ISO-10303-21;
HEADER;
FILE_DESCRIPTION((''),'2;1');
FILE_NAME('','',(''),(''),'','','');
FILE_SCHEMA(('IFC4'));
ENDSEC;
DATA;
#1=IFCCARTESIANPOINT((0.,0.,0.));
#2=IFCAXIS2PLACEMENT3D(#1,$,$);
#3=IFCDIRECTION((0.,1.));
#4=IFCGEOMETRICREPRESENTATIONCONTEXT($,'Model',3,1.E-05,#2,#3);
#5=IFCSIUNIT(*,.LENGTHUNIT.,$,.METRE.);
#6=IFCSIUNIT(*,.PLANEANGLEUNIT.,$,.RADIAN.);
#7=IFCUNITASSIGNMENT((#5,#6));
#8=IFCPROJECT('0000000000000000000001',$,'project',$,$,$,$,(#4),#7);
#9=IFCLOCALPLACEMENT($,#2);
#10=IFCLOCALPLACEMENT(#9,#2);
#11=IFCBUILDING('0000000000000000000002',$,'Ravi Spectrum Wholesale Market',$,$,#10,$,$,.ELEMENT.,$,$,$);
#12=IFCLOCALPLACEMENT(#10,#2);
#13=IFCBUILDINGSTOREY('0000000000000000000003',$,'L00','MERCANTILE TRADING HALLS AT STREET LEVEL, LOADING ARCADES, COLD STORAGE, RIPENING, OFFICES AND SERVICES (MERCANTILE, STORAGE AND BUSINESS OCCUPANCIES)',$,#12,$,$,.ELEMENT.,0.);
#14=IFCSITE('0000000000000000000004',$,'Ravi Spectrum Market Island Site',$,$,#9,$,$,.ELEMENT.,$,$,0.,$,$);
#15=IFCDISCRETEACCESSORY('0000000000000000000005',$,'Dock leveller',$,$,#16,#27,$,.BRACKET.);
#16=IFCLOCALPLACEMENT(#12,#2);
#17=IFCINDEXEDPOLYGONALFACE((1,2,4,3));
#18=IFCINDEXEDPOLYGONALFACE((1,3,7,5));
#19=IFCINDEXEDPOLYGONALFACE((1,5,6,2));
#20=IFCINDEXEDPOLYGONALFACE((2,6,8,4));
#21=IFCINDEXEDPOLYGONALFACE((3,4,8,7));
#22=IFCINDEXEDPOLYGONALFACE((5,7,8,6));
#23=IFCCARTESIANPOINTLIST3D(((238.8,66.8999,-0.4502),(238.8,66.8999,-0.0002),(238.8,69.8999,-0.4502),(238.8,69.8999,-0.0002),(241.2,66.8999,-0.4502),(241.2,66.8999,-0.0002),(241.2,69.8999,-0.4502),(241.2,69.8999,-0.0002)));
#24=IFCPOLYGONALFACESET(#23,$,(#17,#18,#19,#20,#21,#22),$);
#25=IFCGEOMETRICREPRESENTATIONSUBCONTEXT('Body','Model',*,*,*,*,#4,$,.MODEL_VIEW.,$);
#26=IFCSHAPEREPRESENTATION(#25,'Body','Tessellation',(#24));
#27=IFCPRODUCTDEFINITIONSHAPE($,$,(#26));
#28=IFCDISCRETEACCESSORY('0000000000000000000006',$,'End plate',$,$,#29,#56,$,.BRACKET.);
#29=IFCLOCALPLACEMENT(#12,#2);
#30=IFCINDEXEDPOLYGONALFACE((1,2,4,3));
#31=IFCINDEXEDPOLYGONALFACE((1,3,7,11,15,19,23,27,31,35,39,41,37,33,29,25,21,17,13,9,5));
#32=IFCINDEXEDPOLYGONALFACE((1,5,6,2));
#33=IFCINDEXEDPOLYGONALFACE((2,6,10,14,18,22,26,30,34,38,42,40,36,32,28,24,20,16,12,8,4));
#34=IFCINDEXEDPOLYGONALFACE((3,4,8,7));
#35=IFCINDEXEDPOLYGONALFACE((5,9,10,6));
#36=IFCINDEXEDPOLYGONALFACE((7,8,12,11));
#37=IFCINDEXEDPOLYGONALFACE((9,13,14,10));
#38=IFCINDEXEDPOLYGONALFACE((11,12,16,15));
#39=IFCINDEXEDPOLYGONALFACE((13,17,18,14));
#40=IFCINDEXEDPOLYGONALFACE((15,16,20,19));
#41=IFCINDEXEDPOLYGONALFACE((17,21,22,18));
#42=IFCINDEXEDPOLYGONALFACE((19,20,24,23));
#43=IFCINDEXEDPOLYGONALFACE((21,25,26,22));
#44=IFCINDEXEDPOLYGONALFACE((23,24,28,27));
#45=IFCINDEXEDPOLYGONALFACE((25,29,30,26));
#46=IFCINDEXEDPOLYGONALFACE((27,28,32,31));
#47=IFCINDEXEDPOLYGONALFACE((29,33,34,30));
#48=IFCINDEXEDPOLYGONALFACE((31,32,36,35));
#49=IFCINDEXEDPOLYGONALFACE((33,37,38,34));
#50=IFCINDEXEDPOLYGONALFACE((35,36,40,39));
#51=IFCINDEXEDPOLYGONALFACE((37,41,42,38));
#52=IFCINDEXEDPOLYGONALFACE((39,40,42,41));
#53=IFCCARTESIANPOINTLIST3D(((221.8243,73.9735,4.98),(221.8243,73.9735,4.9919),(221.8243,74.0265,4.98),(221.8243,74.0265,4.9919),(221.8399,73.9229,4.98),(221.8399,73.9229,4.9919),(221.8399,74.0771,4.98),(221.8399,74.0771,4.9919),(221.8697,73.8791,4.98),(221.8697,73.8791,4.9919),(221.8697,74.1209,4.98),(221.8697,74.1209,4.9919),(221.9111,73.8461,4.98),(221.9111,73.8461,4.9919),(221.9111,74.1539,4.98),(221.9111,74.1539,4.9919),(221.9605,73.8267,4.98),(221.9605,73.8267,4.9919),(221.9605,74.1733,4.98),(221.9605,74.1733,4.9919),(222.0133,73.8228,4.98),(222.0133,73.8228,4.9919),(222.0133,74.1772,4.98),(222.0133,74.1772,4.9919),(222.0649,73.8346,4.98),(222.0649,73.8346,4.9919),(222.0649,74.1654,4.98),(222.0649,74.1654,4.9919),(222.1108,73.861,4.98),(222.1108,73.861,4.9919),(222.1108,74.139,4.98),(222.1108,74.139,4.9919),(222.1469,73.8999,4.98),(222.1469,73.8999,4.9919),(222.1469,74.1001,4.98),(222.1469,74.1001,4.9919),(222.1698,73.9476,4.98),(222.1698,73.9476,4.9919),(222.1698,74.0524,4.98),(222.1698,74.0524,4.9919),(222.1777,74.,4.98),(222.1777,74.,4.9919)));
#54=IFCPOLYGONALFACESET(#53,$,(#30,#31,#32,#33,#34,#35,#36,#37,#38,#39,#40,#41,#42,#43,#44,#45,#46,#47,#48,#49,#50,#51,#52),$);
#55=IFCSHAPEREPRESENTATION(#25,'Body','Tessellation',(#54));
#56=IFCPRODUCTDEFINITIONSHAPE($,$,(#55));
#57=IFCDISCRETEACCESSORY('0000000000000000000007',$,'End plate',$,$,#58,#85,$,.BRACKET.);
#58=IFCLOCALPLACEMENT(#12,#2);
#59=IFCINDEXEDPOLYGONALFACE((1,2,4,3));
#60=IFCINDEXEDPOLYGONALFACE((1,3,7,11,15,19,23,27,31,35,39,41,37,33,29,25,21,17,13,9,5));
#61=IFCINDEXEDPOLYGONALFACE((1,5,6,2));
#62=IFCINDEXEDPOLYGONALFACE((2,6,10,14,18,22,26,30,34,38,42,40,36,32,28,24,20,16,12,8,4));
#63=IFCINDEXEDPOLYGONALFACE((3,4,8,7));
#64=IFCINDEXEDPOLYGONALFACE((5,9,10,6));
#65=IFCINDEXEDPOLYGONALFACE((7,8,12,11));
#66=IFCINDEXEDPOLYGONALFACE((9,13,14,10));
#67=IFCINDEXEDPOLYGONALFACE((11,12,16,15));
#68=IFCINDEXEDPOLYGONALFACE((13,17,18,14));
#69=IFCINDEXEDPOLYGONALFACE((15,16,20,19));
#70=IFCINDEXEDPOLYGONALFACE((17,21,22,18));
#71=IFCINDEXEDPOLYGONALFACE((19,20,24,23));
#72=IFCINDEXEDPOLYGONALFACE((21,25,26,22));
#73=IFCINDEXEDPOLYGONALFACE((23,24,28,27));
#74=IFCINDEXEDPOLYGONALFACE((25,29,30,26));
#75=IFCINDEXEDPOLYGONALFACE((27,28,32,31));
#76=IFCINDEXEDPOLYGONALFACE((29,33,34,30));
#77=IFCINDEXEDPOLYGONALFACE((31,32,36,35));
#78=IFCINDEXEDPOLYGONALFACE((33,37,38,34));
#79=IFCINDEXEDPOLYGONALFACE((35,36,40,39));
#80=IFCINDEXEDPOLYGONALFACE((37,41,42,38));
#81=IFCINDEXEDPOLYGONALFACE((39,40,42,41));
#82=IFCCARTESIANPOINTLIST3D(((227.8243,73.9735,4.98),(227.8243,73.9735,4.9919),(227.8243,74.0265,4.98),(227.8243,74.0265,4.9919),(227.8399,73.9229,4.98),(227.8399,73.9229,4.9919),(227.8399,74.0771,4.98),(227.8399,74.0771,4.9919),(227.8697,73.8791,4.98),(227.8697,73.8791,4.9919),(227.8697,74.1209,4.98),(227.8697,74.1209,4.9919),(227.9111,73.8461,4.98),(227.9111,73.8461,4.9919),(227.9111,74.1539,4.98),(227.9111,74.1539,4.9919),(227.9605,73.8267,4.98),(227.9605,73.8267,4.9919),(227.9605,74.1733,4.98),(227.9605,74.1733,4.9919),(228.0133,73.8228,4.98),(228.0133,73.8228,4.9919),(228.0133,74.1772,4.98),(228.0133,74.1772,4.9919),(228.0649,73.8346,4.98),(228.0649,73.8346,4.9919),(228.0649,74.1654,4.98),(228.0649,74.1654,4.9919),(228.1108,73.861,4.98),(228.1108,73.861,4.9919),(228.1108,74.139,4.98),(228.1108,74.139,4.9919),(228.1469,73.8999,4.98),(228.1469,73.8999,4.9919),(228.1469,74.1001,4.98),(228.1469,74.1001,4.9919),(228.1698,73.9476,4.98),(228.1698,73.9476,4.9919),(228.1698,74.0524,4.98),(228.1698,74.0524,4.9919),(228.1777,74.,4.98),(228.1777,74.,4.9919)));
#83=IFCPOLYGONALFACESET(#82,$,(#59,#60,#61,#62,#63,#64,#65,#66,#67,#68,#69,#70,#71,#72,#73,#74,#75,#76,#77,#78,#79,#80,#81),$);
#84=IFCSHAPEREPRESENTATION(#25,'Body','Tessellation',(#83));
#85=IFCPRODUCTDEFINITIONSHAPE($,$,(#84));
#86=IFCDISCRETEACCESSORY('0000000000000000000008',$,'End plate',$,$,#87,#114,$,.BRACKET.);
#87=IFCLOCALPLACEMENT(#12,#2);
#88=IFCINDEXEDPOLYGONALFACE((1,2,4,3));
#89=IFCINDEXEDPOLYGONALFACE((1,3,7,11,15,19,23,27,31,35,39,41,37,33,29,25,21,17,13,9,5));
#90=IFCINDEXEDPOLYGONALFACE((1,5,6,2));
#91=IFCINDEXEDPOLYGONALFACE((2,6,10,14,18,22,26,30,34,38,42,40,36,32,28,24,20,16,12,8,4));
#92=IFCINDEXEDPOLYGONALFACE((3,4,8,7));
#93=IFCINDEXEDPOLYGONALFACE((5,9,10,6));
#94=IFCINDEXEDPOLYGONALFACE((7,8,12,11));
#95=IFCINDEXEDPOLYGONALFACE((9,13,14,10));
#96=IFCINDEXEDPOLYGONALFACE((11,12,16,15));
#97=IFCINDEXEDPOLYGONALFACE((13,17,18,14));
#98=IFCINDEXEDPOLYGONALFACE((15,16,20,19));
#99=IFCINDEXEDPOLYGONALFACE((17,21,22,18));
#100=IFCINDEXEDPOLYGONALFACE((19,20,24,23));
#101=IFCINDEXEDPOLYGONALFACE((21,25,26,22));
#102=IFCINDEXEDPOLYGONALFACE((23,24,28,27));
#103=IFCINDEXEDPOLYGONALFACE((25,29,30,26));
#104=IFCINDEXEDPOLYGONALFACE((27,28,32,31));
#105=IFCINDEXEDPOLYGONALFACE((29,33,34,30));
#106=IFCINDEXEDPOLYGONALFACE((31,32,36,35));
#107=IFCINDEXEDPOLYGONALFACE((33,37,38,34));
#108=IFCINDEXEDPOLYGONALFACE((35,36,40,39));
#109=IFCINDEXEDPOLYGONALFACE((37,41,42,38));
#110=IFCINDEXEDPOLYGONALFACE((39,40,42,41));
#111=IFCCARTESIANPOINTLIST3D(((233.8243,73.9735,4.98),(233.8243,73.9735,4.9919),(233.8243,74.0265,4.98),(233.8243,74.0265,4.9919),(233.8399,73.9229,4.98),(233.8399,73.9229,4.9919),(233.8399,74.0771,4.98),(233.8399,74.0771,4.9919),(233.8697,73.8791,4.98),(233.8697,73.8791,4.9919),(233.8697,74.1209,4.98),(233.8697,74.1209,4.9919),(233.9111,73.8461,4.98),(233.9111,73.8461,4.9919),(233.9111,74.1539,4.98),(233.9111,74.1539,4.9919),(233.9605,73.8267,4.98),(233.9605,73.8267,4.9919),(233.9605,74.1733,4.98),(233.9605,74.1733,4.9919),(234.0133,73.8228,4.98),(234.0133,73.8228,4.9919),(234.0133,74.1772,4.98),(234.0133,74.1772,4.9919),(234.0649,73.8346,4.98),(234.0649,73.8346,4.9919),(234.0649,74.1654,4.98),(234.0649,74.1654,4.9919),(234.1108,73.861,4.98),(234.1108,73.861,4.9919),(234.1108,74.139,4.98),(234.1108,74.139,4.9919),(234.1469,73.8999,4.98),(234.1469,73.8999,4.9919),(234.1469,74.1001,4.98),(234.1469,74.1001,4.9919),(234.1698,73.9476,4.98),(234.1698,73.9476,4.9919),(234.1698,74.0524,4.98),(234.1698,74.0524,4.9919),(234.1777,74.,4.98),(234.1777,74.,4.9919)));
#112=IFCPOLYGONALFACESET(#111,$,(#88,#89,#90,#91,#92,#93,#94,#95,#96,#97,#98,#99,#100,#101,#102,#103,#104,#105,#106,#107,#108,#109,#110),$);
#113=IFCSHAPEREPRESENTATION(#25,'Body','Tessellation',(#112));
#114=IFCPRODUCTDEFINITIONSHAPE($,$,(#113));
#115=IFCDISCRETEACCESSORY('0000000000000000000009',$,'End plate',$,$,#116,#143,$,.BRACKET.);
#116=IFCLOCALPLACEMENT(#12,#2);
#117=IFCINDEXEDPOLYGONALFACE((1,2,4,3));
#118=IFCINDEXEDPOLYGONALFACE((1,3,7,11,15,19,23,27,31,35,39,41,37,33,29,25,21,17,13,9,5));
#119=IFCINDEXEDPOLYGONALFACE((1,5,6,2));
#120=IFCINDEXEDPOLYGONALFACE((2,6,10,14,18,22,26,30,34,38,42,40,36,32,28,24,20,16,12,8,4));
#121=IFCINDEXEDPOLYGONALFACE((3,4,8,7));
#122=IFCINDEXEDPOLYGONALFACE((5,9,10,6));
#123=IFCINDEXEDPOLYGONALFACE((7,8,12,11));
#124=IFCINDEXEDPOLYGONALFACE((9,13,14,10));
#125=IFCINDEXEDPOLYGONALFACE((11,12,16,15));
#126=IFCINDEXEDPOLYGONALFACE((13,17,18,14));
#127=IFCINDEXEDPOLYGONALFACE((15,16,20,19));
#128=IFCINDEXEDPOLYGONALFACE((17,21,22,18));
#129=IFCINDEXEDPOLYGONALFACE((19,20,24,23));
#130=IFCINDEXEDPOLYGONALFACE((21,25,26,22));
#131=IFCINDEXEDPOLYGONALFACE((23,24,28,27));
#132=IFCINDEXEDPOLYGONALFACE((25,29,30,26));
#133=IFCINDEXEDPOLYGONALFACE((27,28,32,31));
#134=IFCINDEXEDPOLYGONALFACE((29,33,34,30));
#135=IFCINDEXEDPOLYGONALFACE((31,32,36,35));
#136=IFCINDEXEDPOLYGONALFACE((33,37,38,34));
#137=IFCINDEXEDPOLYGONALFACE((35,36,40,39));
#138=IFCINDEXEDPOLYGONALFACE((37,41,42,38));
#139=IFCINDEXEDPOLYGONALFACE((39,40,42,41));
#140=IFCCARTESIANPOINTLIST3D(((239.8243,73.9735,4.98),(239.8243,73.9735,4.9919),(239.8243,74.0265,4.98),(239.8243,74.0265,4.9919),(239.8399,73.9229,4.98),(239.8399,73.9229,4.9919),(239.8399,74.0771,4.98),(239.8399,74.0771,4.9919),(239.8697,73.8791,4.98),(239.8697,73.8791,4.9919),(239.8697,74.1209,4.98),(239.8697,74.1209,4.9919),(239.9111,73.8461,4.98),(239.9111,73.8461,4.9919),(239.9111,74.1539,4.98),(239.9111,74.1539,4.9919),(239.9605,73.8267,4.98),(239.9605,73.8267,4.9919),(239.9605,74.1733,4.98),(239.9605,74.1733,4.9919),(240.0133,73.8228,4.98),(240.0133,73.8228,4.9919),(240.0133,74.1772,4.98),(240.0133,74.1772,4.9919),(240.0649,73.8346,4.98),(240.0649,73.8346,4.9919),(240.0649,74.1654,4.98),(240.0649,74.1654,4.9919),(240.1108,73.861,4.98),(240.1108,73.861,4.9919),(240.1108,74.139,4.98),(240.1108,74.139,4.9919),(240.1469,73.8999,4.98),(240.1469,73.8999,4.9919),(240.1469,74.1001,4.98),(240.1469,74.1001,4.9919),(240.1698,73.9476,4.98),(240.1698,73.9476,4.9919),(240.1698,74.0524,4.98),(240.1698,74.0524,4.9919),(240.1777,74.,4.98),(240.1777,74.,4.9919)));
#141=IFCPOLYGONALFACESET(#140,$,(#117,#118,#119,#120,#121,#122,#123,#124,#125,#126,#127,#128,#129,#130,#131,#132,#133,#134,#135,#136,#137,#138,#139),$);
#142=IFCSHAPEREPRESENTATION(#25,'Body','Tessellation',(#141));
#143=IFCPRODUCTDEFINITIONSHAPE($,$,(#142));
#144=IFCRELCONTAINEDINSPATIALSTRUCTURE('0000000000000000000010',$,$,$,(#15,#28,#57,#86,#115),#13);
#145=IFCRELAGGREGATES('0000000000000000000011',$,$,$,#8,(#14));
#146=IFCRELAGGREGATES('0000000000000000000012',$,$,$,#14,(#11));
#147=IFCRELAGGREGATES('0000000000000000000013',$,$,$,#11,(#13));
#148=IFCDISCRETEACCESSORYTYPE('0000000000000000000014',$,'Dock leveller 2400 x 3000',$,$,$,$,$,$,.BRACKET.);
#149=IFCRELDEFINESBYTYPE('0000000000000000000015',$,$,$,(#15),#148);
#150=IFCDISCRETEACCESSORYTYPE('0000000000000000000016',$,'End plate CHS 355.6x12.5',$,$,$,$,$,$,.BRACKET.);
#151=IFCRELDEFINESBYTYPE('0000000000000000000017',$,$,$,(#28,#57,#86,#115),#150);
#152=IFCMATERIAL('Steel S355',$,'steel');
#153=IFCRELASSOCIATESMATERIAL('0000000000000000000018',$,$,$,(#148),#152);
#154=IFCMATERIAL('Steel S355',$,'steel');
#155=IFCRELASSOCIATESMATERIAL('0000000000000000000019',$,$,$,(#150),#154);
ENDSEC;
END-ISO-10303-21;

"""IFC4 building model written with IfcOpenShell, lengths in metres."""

from ifc_helpers import new_model, si_unit, direction, frame, origin, origin_2d, place, context, subcontext, project, spatial, rectangle, circle, extrude, material, material_profile, profile_set, type_object, element, save


model = new_model("IFC4")

# Units and contexts
model_context = context("Model", 3, precision=1e-05, world=origin(), true_north=direction((0.0, 1.0)))
body_context = subcontext(model_context, "Body", "Model", "MODEL_VIEW")
ifc_project = project(units=[si_unit("LENGTHUNIT", "METRE"), si_unit("PLANEANGLEUNIT", "RADIAN")], contexts=[model_context])

# Site, building, storey
site_placement = place(None, origin())
site = spatial("IfcSite", under=ifc_project, at=site_placement, Name="Ravi Spectrum Market Island Site", CompositionType="ELEMENT", RefElevation=0.0)
building_placement = place(site_placement, origin())
building = spatial("IfcBuilding", under=site, at=building_placement, Name="Ravi Spectrum Wholesale Market", CompositionType="ELEMENT")
storey_placement = place(building_placement, origin())
storey = spatial("IfcBuildingStorey", under=building, at=storey_placement, Name="L00", Description="MERCANTILE TRADING HALLS AT STREET LEVEL, LOADING ARCADES, COLD STORAGE, RIPENING, OFFICES AND SERVICES (MERCANTILE, STORAGE AND BUSINESS OCCUPANCIES)", CompositionType="ELEMENT", Elevation=0.0)

# Discrete accessories
ifc_material_1 = material(Name="Steel S355", Category="steel")
discrete_accessory_type_1 = type_object("IfcDiscreteAccessoryType", Name="Dock leveller 2400 x 3000", PredefinedType="BRACKET", material=ifc_material_1)
discrete_accessory_placement = place(storey_placement, frame((240.0, 68.3999, -0.4502), z_axis=(0.0, 0.0, 1.0), x_axis=(1.0, 0.0, 0.0)))
element("IfcDiscreteAccessory", 1, at=discrete_accessory_placement, inside=storey, type_object=discrete_accessory_type_1, Name="Dock leveller", PredefinedType="BRACKET", context=body_context, shape_type="SweptSolid", body=[
    extrude(rectangle(XDim=2.3999, YDim=3.0, at=origin_2d()), origin(), (0.0, 0.0, 1.0), 0.45),
])
ifc_material_2 = material(Name="Steel S355", Category="steel")
ifc_material_profile_1 = material_profile(ifc_material_2, circle(Radius=0.1777, at=origin_2d()))
ifc_profile_set_1 = profile_set([ifc_material_profile_1], Name="Steel S355")
discrete_accessory_type_2 = type_object("IfcDiscreteAccessoryType", Name="End plate CHS 355.6x12.5", PredefinedType="BRACKET", material=ifc_profile_set_1)
for number, where, z_axis, x_axis, name in (
    (2, (222.0, 74.0, 4.98), (0.0, 0.0, 1.0), (1.0, 0.0, 0.0), "End plate"),
    (3, (228.0, 74.0, 4.98), (0.0, 0.0, 1.0), (1.0, 0.0, 0.0), "End plate"),
    (4, (234.0, 74.0, 4.98), (0.0, 0.0, 1.0), (1.0, 0.0, 0.0), "End plate"),
    (5, (240.0, 74.0, 4.98), (0.0, 0.0, 1.0), (1.0, 0.0, 0.0), "End plate"),
):
    element("IfcDiscreteAccessory", number, at=place(storey_placement, frame(where, z_axis=z_axis, x_axis=x_axis)), inside=storey, type_object=discrete_accessory_type_2, Name=name, PredefinedType="BRACKET", context=body_context, shape_type="SweptSolid", body=[
        extrude(circle(Radius=0.1777, at=origin_2d()), origin(), (0.0, 0.0, 1.0), 0.012),
    ])

save(model, "model.ifc")
